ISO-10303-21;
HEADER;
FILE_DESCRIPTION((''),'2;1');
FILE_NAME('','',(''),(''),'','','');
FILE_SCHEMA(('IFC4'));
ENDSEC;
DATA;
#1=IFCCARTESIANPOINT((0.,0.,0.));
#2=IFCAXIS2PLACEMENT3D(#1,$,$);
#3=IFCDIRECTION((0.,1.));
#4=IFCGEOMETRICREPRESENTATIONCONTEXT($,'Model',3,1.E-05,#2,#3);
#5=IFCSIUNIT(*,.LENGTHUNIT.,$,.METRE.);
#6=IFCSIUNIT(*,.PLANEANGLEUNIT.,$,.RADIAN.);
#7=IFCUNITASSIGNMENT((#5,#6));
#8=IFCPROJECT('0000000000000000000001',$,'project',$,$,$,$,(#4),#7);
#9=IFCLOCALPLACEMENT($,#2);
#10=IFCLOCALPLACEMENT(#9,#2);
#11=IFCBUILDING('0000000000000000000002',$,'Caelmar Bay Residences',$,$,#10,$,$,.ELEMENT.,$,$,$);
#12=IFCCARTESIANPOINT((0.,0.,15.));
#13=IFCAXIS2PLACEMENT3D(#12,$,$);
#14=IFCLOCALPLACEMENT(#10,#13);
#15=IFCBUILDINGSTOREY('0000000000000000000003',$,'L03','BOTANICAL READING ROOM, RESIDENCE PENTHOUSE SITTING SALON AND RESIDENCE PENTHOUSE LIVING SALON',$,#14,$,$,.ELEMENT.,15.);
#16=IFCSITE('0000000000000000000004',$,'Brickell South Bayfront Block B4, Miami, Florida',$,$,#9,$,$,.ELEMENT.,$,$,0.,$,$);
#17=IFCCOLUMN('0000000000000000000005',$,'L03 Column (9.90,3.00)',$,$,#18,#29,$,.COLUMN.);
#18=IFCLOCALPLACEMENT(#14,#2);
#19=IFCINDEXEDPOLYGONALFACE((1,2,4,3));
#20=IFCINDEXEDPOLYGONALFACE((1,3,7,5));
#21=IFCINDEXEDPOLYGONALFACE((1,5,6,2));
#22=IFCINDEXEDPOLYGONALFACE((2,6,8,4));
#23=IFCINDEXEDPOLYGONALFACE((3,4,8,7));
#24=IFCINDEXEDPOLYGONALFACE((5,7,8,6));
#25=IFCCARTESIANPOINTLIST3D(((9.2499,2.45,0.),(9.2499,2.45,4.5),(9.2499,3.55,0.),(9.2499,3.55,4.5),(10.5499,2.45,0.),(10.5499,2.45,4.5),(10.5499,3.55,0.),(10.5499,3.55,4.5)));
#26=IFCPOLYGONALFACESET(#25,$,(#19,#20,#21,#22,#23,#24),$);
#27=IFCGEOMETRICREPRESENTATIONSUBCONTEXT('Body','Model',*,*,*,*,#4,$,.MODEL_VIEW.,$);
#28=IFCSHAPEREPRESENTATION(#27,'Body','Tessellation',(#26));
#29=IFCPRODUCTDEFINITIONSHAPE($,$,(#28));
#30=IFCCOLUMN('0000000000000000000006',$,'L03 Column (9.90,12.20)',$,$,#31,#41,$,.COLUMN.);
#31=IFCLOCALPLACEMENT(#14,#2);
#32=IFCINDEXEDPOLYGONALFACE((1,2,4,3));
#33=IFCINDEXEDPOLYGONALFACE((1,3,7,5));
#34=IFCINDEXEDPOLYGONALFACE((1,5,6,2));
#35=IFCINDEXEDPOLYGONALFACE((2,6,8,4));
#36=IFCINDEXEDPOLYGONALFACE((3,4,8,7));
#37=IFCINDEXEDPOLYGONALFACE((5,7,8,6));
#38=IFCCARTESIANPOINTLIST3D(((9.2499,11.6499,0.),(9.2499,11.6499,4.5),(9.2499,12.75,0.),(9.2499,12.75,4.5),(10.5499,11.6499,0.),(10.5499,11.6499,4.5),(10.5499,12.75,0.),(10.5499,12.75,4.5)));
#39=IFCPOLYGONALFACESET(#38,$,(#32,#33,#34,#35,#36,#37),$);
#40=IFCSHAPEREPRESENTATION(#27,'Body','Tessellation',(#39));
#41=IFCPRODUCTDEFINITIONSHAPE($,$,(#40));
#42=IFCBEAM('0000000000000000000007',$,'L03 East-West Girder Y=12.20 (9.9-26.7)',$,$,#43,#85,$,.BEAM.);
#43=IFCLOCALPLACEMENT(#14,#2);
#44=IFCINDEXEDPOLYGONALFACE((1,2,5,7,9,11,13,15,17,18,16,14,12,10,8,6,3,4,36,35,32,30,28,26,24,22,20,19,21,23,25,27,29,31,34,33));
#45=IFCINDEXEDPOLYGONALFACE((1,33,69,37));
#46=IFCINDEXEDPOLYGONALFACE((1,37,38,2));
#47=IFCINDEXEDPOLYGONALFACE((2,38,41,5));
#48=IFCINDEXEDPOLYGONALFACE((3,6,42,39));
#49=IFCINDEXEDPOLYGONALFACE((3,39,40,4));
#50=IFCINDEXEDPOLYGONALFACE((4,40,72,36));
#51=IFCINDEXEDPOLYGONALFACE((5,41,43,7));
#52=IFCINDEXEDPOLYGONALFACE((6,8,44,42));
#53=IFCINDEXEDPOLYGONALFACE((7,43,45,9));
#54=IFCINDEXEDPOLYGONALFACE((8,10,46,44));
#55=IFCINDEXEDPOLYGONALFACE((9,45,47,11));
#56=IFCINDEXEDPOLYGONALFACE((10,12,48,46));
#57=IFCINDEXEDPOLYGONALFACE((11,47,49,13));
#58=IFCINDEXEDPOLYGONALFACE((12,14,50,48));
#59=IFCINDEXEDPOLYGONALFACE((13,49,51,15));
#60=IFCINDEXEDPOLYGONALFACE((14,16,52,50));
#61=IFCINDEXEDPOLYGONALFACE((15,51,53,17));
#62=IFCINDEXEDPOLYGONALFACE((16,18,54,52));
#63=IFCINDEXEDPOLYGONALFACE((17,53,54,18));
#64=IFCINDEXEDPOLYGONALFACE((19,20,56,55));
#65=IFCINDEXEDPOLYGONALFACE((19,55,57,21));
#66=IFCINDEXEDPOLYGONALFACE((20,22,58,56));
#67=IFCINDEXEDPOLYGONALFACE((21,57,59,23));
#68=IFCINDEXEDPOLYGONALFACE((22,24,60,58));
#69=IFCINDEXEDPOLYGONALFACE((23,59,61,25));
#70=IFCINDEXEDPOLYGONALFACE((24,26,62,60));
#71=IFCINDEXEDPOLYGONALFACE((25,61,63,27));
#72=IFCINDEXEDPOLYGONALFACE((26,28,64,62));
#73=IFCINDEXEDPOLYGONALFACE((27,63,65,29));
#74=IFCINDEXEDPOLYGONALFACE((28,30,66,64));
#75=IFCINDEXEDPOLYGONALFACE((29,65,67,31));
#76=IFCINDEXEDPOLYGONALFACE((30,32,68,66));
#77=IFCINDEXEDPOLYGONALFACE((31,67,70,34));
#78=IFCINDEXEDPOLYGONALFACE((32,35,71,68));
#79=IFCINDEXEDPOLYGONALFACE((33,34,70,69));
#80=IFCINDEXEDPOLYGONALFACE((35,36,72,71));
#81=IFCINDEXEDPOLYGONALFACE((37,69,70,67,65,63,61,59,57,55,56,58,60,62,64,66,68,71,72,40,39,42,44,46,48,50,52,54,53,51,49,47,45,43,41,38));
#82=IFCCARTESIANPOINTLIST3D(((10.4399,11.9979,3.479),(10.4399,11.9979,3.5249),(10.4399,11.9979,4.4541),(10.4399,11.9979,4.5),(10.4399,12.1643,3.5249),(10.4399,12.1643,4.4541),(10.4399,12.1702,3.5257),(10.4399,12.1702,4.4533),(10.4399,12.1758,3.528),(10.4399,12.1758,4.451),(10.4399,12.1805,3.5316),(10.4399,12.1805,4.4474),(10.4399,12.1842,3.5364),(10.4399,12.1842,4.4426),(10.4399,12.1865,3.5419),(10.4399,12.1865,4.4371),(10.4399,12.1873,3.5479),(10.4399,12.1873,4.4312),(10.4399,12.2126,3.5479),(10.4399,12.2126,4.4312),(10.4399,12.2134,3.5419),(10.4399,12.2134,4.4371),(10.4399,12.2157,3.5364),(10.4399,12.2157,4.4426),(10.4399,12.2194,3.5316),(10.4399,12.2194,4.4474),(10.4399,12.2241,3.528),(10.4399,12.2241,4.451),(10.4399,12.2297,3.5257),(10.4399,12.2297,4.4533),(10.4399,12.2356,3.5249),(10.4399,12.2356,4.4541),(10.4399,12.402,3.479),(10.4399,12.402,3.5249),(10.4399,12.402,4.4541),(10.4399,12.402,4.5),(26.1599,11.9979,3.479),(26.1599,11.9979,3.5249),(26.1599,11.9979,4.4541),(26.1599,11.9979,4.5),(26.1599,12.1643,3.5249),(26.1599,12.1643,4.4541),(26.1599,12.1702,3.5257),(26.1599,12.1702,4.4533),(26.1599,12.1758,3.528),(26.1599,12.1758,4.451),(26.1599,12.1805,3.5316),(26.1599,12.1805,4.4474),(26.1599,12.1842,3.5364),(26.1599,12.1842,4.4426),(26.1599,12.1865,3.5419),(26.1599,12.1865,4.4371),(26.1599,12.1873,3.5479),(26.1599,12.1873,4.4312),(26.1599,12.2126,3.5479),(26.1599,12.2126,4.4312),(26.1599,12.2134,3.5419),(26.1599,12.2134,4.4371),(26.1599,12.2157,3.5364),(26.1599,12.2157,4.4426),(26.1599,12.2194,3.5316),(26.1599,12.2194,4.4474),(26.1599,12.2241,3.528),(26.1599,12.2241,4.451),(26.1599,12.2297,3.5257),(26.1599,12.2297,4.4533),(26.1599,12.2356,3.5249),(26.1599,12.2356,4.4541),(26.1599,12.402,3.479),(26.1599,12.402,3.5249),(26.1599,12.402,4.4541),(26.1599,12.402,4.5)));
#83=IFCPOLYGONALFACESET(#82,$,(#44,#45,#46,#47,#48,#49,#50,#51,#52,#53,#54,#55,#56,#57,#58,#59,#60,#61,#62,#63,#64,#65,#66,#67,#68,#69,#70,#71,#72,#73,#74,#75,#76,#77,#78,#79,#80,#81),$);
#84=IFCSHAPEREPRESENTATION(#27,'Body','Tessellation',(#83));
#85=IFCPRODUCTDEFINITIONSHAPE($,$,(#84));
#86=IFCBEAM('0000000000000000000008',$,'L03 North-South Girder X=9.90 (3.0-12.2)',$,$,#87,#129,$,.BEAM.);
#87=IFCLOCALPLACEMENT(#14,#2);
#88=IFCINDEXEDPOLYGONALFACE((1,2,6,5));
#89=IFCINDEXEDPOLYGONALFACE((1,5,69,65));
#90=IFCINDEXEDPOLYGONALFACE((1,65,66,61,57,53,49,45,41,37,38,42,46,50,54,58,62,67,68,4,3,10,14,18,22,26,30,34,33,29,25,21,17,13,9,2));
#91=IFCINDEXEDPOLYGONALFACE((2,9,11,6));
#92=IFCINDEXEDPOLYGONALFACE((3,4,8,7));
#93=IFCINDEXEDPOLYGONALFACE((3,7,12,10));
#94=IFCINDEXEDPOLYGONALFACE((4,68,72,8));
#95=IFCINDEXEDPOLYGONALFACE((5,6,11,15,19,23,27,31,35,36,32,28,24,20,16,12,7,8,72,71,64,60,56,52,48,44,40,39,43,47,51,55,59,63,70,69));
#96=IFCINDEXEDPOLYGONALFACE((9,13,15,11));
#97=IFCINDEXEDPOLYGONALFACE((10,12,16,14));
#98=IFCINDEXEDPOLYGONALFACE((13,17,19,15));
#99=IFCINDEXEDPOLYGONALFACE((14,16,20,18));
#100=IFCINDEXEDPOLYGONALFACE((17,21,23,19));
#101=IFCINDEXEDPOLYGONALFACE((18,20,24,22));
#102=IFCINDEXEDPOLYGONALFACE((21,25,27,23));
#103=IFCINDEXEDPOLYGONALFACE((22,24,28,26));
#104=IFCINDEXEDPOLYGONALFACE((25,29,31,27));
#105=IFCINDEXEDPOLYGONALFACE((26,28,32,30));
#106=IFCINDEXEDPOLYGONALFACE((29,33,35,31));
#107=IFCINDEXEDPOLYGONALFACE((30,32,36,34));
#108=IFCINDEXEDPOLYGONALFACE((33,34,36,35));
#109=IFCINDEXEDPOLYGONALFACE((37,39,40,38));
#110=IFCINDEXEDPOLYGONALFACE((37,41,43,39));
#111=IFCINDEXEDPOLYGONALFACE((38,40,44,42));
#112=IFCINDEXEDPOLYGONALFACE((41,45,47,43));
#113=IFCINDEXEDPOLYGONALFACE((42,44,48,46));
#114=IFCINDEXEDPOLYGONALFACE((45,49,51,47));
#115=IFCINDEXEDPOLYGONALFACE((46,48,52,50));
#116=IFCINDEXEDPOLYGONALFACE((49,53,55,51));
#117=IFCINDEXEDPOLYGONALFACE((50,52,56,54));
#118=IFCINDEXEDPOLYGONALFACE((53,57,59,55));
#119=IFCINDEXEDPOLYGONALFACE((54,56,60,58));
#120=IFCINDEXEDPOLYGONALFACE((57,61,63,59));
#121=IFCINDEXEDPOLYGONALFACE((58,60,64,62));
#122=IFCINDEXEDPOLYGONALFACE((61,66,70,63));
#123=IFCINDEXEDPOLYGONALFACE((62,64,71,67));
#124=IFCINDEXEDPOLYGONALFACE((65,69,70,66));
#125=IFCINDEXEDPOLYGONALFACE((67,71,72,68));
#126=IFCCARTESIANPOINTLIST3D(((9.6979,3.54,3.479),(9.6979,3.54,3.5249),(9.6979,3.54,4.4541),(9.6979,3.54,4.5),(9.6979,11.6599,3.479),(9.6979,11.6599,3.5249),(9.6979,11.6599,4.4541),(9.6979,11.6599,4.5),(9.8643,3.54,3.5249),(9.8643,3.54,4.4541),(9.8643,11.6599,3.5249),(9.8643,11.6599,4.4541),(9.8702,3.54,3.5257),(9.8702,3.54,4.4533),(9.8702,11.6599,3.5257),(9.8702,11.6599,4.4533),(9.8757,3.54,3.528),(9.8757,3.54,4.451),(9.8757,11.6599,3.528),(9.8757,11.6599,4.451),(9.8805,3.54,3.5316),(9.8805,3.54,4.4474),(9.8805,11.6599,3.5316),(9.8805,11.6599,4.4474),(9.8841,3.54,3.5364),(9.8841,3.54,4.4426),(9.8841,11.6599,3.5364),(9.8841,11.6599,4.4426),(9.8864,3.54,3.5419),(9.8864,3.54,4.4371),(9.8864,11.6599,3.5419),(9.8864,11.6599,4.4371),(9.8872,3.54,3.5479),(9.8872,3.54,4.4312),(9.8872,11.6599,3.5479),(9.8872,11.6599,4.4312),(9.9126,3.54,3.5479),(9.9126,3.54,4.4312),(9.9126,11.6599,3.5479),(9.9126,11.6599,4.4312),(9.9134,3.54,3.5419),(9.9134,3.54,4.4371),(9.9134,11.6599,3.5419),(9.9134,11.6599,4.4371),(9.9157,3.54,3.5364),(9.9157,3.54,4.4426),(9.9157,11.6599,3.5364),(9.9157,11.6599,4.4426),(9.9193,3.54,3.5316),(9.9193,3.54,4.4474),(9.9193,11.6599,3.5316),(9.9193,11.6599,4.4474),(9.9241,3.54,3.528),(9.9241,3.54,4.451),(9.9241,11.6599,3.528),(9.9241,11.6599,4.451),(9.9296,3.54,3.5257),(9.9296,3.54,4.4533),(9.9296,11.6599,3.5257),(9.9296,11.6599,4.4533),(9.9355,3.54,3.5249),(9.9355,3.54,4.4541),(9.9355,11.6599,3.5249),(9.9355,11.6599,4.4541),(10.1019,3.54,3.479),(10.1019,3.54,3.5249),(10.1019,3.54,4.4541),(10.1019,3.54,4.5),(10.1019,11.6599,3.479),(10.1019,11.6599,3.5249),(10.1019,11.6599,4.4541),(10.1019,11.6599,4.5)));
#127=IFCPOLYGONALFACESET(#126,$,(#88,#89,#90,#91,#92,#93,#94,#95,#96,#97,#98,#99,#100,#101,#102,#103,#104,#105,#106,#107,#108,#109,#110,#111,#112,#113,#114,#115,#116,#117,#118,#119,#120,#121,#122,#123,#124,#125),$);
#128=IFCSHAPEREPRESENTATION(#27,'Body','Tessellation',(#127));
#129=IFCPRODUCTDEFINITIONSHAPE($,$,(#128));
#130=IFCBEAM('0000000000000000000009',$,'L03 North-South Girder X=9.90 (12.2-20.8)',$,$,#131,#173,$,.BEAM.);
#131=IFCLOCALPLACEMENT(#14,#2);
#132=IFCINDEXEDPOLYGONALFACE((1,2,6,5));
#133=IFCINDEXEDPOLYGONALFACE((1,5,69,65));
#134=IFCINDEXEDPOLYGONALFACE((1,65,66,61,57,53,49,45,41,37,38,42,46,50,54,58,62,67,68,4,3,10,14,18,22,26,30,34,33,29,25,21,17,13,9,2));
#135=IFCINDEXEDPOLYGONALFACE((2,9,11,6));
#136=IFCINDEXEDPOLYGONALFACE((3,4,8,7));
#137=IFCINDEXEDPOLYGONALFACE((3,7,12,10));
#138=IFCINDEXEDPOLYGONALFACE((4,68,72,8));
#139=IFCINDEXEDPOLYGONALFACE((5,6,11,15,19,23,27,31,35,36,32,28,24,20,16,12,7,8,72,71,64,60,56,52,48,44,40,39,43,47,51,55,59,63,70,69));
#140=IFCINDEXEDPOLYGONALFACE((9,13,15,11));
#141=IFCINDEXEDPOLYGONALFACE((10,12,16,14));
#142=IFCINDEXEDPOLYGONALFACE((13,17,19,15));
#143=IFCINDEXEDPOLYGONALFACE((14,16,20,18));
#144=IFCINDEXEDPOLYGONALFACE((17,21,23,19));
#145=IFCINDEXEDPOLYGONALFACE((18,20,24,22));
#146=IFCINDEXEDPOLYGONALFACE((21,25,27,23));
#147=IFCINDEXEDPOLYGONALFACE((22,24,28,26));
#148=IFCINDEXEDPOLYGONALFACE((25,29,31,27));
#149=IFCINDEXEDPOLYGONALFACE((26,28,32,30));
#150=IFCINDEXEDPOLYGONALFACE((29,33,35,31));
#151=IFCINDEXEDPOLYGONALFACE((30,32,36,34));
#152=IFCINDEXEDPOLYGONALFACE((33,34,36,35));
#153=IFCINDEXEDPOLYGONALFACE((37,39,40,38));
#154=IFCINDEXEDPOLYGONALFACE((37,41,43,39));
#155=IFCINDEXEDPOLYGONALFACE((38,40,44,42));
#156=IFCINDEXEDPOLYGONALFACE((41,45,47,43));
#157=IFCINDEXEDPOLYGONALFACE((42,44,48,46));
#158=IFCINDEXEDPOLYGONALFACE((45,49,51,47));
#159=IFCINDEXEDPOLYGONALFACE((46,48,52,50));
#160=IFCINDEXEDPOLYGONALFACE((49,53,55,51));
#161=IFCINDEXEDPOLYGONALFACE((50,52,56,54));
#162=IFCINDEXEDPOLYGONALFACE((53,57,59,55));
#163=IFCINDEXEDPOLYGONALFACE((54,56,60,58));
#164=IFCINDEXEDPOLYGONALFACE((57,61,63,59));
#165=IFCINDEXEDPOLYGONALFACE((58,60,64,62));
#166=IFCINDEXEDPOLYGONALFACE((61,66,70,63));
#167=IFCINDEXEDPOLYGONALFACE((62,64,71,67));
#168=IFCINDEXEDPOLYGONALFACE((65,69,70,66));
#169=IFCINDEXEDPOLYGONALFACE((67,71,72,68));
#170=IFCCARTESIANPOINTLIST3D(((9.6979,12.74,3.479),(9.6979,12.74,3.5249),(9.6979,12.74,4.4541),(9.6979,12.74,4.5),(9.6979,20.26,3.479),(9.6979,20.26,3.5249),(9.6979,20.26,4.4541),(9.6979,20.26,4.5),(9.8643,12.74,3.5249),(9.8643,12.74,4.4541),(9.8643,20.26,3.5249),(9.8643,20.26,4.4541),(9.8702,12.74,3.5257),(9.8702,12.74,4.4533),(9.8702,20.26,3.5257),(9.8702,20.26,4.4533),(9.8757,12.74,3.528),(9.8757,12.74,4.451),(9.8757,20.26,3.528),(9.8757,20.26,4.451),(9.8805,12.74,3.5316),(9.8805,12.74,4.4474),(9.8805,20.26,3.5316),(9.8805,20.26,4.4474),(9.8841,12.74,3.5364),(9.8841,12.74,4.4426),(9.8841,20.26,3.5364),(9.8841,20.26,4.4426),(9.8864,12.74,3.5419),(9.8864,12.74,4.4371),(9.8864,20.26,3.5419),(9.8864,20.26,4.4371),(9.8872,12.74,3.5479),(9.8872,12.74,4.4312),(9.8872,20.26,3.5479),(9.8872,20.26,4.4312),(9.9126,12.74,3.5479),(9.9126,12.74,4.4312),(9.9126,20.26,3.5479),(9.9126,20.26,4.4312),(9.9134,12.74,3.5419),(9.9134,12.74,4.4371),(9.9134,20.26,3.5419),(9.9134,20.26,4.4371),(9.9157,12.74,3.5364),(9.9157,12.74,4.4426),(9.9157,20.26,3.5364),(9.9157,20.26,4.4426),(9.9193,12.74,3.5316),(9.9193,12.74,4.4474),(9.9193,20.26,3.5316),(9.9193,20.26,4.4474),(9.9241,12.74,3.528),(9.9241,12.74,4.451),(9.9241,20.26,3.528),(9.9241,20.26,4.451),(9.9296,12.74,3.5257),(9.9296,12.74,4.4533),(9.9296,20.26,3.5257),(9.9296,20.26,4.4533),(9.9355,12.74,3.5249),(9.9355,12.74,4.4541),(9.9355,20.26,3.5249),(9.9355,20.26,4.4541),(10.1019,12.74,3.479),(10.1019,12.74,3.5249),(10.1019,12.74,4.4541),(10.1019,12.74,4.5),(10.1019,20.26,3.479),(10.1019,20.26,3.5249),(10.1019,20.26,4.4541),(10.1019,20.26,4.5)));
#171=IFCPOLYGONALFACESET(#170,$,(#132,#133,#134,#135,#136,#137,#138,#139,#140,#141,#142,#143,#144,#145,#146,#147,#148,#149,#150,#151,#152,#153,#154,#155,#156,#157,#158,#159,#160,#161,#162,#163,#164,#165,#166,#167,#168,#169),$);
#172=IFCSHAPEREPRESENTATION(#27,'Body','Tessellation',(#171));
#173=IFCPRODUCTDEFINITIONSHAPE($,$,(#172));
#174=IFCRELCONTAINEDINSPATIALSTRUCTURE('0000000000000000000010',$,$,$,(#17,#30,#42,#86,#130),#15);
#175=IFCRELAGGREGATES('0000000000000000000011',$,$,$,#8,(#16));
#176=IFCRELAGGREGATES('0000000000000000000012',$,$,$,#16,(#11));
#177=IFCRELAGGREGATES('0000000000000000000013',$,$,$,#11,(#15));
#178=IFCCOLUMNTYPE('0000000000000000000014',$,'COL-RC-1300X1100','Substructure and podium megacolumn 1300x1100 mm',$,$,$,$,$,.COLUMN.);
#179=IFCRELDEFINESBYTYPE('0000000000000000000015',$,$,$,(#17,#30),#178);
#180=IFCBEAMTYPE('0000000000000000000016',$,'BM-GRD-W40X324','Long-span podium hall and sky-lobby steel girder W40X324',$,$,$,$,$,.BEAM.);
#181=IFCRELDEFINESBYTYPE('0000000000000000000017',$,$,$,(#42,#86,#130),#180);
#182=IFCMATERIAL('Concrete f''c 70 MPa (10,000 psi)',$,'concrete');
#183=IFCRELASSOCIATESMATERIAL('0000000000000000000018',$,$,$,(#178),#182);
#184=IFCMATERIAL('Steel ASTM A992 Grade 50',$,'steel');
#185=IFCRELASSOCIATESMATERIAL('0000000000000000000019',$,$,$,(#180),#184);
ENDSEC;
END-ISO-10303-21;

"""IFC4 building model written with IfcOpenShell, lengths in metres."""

from ifc_helpers import new_model, si_unit, direction, frame, origin, origin_2d, place, context, subcontext, project, spatial, rectangle, i_section, extrude, material, material_profile, profile_set, type_object, element, save


model = new_model("IFC4")

# Units and contexts
model_context = context("Model", 3, precision=1e-05, world=origin(), true_north=direction((0.0, 1.0)))
body_context = subcontext(model_context, "Body", "Model", "MODEL_VIEW")
ifc_project = project(units=[si_unit("LENGTHUNIT", "METRE"), si_unit("PLANEANGLEUNIT", "RADIAN")], contexts=[model_context])

# Site, building, storey
site_placement = place(None, origin())
site = spatial("IfcSite", under=ifc_project, at=site_placement, Name="Brickell South Bayfront Block B4, Miami, Florida", CompositionType="ELEMENT", RefElevation=0.0)
building_placement = place(site_placement, origin())
building = spatial("IfcBuilding", under=site, at=building_placement, Name="Caelmar Bay Residences", CompositionType="ELEMENT")
storey_placement = place(building_placement, frame((0.0, 0.0, 15.0)))
storey = spatial("IfcBuildingStorey", under=building, at=storey_placement, Name="L03", Description="BOTANICAL READING ROOM, RESIDENCE PENTHOUSE SITTING SALON AND RESIDENCE PENTHOUSE LIVING SALON", CompositionType="ELEMENT", Elevation=15.0)

# Columns
ifc_material_1 = material(Name="Concrete f'c 70 MPa (10,000 psi)", Category="concrete")
ifc_material_profile_1 = material_profile(ifc_material_1, rectangle(XDim=1.3, YDim=1.1001, at=origin_2d()), Name="RC-COL-1300X1100")
ifc_profile_set_1 = profile_set([ifc_material_profile_1], Name="Concrete f'c 70 MPa (10,000 psi)")
column_type = type_object("IfcColumnType", Name="COL-RC-1300X1100", Description="Substructure and podium megacolumn 1300x1100 mm", PredefinedType="COLUMN", material=ifc_profile_set_1)
for number, where, z_axis, x_axis, name in (
    (1, (9.8999, 3.0, 0.0), (0.0, 0.0, 1.0), (1.0, 0.0, 0.0), "L03 Column (9.90,3.00)"),
    (2, (9.8999, 12.2, 0.0), (0.0, 0.0, 1.0), (1.0, 0.0, 0.0), "L03 Column (9.90,12.20)"),
):
    element("IfcColumn", number, at=place(storey_placement, frame(where, z_axis=z_axis, x_axis=x_axis)), inside=storey, type_object=column_type, Name=name, PredefinedType="COLUMN", context=body_context, shape_type="SweptSolid", body=[
        extrude(rectangle(XDim=1.3, YDim=1.1001, at=origin_2d()), origin(), (0.0, 0.0, 1.0), 4.5),
    ])

# Beams
ifc_material_2 = material(Name="Steel ASTM A992 Grade 50", Category="steel")
ifc_material_profile_2 = material_profile(ifc_material_2, i_section(OverallWidth=0.4041, OverallDepth=1.021, WebThickness=0.0254, FlangeThickness=0.0459, FilletRadius=0.0229, at=origin_2d()), Name="W40X324")
ifc_profile_set_2 = profile_set([ifc_material_profile_2], Name="Steel ASTM A992 Grade 50")
beam_type_1 = type_object("IfcBeamType", Name="BM-GRD-W40X324", Description="Long-span podium hall and sky-lobby steel girder W40X324", PredefinedType="BEAM", material=ifc_profile_set_2)
beam_1_placement = place(storey_placement, frame((10.4399, 12.2, 3.9895), z_axis=(1.0, 0.0, 0.0), x_axis=(0.0, 1.0, 0.0)))
element("IfcBeam", 3, at=beam_1_placement, inside=storey, type_object=beam_type_1, Name="L03 East-West Girder Y=12.20 (9.9-26.7)", PredefinedType="BEAM", context=body_context, shape_type="SweptSolid", body=[
    extrude(i_section(OverallWidth=0.4041, OverallDepth=1.021, WebThickness=0.0254, FlangeThickness=0.0459, FilletRadius=0.0229, at=origin_2d()), origin(), (0.0, 0.0, 1.0), 15.72),
])
beam_2_placement = place(storey_placement, frame((9.8999, 3.54, 3.9895), z_axis=(0.0, 1.0, 0.0), x_axis=(-1.0, 0.0, 0.0)))
element("IfcBeam", 4, at=beam_2_placement, inside=storey, type_object=beam_type_1, Name="L03 North-South Girder X=9.90 (3.0-12.2)", PredefinedType="BEAM", context=body_context, shape_type="SweptSolid", body=[
    extrude(i_section(OverallWidth=0.4041, OverallDepth=1.021, WebThickness=0.0254, FlangeThickness=0.0459, FilletRadius=0.0229, at=origin_2d()), origin(), (0.0, 0.0, 1.0), 8.1199),
])
beam_3_placement = place(storey_placement, frame((9.8999, 12.74, 3.9895), z_axis=(0.0, 1.0, 0.0), x_axis=(-1.0, 0.0, 0.0)))
element("IfcBeam", 5, at=beam_3_placement, inside=storey, type_object=beam_type_1, Name="L03 North-South Girder X=9.90 (12.2-20.8)", PredefinedType="BEAM", context=body_context, shape_type="SweptSolid", body=[
    extrude(i_section(OverallWidth=0.4041, OverallDepth=1.021, WebThickness=0.0254, FlangeThickness=0.0459, FilletRadius=0.0229, at=origin_2d()), origin(), (0.0, 0.0, 1.0), 7.52),
])

save(model, "model.ifc")
